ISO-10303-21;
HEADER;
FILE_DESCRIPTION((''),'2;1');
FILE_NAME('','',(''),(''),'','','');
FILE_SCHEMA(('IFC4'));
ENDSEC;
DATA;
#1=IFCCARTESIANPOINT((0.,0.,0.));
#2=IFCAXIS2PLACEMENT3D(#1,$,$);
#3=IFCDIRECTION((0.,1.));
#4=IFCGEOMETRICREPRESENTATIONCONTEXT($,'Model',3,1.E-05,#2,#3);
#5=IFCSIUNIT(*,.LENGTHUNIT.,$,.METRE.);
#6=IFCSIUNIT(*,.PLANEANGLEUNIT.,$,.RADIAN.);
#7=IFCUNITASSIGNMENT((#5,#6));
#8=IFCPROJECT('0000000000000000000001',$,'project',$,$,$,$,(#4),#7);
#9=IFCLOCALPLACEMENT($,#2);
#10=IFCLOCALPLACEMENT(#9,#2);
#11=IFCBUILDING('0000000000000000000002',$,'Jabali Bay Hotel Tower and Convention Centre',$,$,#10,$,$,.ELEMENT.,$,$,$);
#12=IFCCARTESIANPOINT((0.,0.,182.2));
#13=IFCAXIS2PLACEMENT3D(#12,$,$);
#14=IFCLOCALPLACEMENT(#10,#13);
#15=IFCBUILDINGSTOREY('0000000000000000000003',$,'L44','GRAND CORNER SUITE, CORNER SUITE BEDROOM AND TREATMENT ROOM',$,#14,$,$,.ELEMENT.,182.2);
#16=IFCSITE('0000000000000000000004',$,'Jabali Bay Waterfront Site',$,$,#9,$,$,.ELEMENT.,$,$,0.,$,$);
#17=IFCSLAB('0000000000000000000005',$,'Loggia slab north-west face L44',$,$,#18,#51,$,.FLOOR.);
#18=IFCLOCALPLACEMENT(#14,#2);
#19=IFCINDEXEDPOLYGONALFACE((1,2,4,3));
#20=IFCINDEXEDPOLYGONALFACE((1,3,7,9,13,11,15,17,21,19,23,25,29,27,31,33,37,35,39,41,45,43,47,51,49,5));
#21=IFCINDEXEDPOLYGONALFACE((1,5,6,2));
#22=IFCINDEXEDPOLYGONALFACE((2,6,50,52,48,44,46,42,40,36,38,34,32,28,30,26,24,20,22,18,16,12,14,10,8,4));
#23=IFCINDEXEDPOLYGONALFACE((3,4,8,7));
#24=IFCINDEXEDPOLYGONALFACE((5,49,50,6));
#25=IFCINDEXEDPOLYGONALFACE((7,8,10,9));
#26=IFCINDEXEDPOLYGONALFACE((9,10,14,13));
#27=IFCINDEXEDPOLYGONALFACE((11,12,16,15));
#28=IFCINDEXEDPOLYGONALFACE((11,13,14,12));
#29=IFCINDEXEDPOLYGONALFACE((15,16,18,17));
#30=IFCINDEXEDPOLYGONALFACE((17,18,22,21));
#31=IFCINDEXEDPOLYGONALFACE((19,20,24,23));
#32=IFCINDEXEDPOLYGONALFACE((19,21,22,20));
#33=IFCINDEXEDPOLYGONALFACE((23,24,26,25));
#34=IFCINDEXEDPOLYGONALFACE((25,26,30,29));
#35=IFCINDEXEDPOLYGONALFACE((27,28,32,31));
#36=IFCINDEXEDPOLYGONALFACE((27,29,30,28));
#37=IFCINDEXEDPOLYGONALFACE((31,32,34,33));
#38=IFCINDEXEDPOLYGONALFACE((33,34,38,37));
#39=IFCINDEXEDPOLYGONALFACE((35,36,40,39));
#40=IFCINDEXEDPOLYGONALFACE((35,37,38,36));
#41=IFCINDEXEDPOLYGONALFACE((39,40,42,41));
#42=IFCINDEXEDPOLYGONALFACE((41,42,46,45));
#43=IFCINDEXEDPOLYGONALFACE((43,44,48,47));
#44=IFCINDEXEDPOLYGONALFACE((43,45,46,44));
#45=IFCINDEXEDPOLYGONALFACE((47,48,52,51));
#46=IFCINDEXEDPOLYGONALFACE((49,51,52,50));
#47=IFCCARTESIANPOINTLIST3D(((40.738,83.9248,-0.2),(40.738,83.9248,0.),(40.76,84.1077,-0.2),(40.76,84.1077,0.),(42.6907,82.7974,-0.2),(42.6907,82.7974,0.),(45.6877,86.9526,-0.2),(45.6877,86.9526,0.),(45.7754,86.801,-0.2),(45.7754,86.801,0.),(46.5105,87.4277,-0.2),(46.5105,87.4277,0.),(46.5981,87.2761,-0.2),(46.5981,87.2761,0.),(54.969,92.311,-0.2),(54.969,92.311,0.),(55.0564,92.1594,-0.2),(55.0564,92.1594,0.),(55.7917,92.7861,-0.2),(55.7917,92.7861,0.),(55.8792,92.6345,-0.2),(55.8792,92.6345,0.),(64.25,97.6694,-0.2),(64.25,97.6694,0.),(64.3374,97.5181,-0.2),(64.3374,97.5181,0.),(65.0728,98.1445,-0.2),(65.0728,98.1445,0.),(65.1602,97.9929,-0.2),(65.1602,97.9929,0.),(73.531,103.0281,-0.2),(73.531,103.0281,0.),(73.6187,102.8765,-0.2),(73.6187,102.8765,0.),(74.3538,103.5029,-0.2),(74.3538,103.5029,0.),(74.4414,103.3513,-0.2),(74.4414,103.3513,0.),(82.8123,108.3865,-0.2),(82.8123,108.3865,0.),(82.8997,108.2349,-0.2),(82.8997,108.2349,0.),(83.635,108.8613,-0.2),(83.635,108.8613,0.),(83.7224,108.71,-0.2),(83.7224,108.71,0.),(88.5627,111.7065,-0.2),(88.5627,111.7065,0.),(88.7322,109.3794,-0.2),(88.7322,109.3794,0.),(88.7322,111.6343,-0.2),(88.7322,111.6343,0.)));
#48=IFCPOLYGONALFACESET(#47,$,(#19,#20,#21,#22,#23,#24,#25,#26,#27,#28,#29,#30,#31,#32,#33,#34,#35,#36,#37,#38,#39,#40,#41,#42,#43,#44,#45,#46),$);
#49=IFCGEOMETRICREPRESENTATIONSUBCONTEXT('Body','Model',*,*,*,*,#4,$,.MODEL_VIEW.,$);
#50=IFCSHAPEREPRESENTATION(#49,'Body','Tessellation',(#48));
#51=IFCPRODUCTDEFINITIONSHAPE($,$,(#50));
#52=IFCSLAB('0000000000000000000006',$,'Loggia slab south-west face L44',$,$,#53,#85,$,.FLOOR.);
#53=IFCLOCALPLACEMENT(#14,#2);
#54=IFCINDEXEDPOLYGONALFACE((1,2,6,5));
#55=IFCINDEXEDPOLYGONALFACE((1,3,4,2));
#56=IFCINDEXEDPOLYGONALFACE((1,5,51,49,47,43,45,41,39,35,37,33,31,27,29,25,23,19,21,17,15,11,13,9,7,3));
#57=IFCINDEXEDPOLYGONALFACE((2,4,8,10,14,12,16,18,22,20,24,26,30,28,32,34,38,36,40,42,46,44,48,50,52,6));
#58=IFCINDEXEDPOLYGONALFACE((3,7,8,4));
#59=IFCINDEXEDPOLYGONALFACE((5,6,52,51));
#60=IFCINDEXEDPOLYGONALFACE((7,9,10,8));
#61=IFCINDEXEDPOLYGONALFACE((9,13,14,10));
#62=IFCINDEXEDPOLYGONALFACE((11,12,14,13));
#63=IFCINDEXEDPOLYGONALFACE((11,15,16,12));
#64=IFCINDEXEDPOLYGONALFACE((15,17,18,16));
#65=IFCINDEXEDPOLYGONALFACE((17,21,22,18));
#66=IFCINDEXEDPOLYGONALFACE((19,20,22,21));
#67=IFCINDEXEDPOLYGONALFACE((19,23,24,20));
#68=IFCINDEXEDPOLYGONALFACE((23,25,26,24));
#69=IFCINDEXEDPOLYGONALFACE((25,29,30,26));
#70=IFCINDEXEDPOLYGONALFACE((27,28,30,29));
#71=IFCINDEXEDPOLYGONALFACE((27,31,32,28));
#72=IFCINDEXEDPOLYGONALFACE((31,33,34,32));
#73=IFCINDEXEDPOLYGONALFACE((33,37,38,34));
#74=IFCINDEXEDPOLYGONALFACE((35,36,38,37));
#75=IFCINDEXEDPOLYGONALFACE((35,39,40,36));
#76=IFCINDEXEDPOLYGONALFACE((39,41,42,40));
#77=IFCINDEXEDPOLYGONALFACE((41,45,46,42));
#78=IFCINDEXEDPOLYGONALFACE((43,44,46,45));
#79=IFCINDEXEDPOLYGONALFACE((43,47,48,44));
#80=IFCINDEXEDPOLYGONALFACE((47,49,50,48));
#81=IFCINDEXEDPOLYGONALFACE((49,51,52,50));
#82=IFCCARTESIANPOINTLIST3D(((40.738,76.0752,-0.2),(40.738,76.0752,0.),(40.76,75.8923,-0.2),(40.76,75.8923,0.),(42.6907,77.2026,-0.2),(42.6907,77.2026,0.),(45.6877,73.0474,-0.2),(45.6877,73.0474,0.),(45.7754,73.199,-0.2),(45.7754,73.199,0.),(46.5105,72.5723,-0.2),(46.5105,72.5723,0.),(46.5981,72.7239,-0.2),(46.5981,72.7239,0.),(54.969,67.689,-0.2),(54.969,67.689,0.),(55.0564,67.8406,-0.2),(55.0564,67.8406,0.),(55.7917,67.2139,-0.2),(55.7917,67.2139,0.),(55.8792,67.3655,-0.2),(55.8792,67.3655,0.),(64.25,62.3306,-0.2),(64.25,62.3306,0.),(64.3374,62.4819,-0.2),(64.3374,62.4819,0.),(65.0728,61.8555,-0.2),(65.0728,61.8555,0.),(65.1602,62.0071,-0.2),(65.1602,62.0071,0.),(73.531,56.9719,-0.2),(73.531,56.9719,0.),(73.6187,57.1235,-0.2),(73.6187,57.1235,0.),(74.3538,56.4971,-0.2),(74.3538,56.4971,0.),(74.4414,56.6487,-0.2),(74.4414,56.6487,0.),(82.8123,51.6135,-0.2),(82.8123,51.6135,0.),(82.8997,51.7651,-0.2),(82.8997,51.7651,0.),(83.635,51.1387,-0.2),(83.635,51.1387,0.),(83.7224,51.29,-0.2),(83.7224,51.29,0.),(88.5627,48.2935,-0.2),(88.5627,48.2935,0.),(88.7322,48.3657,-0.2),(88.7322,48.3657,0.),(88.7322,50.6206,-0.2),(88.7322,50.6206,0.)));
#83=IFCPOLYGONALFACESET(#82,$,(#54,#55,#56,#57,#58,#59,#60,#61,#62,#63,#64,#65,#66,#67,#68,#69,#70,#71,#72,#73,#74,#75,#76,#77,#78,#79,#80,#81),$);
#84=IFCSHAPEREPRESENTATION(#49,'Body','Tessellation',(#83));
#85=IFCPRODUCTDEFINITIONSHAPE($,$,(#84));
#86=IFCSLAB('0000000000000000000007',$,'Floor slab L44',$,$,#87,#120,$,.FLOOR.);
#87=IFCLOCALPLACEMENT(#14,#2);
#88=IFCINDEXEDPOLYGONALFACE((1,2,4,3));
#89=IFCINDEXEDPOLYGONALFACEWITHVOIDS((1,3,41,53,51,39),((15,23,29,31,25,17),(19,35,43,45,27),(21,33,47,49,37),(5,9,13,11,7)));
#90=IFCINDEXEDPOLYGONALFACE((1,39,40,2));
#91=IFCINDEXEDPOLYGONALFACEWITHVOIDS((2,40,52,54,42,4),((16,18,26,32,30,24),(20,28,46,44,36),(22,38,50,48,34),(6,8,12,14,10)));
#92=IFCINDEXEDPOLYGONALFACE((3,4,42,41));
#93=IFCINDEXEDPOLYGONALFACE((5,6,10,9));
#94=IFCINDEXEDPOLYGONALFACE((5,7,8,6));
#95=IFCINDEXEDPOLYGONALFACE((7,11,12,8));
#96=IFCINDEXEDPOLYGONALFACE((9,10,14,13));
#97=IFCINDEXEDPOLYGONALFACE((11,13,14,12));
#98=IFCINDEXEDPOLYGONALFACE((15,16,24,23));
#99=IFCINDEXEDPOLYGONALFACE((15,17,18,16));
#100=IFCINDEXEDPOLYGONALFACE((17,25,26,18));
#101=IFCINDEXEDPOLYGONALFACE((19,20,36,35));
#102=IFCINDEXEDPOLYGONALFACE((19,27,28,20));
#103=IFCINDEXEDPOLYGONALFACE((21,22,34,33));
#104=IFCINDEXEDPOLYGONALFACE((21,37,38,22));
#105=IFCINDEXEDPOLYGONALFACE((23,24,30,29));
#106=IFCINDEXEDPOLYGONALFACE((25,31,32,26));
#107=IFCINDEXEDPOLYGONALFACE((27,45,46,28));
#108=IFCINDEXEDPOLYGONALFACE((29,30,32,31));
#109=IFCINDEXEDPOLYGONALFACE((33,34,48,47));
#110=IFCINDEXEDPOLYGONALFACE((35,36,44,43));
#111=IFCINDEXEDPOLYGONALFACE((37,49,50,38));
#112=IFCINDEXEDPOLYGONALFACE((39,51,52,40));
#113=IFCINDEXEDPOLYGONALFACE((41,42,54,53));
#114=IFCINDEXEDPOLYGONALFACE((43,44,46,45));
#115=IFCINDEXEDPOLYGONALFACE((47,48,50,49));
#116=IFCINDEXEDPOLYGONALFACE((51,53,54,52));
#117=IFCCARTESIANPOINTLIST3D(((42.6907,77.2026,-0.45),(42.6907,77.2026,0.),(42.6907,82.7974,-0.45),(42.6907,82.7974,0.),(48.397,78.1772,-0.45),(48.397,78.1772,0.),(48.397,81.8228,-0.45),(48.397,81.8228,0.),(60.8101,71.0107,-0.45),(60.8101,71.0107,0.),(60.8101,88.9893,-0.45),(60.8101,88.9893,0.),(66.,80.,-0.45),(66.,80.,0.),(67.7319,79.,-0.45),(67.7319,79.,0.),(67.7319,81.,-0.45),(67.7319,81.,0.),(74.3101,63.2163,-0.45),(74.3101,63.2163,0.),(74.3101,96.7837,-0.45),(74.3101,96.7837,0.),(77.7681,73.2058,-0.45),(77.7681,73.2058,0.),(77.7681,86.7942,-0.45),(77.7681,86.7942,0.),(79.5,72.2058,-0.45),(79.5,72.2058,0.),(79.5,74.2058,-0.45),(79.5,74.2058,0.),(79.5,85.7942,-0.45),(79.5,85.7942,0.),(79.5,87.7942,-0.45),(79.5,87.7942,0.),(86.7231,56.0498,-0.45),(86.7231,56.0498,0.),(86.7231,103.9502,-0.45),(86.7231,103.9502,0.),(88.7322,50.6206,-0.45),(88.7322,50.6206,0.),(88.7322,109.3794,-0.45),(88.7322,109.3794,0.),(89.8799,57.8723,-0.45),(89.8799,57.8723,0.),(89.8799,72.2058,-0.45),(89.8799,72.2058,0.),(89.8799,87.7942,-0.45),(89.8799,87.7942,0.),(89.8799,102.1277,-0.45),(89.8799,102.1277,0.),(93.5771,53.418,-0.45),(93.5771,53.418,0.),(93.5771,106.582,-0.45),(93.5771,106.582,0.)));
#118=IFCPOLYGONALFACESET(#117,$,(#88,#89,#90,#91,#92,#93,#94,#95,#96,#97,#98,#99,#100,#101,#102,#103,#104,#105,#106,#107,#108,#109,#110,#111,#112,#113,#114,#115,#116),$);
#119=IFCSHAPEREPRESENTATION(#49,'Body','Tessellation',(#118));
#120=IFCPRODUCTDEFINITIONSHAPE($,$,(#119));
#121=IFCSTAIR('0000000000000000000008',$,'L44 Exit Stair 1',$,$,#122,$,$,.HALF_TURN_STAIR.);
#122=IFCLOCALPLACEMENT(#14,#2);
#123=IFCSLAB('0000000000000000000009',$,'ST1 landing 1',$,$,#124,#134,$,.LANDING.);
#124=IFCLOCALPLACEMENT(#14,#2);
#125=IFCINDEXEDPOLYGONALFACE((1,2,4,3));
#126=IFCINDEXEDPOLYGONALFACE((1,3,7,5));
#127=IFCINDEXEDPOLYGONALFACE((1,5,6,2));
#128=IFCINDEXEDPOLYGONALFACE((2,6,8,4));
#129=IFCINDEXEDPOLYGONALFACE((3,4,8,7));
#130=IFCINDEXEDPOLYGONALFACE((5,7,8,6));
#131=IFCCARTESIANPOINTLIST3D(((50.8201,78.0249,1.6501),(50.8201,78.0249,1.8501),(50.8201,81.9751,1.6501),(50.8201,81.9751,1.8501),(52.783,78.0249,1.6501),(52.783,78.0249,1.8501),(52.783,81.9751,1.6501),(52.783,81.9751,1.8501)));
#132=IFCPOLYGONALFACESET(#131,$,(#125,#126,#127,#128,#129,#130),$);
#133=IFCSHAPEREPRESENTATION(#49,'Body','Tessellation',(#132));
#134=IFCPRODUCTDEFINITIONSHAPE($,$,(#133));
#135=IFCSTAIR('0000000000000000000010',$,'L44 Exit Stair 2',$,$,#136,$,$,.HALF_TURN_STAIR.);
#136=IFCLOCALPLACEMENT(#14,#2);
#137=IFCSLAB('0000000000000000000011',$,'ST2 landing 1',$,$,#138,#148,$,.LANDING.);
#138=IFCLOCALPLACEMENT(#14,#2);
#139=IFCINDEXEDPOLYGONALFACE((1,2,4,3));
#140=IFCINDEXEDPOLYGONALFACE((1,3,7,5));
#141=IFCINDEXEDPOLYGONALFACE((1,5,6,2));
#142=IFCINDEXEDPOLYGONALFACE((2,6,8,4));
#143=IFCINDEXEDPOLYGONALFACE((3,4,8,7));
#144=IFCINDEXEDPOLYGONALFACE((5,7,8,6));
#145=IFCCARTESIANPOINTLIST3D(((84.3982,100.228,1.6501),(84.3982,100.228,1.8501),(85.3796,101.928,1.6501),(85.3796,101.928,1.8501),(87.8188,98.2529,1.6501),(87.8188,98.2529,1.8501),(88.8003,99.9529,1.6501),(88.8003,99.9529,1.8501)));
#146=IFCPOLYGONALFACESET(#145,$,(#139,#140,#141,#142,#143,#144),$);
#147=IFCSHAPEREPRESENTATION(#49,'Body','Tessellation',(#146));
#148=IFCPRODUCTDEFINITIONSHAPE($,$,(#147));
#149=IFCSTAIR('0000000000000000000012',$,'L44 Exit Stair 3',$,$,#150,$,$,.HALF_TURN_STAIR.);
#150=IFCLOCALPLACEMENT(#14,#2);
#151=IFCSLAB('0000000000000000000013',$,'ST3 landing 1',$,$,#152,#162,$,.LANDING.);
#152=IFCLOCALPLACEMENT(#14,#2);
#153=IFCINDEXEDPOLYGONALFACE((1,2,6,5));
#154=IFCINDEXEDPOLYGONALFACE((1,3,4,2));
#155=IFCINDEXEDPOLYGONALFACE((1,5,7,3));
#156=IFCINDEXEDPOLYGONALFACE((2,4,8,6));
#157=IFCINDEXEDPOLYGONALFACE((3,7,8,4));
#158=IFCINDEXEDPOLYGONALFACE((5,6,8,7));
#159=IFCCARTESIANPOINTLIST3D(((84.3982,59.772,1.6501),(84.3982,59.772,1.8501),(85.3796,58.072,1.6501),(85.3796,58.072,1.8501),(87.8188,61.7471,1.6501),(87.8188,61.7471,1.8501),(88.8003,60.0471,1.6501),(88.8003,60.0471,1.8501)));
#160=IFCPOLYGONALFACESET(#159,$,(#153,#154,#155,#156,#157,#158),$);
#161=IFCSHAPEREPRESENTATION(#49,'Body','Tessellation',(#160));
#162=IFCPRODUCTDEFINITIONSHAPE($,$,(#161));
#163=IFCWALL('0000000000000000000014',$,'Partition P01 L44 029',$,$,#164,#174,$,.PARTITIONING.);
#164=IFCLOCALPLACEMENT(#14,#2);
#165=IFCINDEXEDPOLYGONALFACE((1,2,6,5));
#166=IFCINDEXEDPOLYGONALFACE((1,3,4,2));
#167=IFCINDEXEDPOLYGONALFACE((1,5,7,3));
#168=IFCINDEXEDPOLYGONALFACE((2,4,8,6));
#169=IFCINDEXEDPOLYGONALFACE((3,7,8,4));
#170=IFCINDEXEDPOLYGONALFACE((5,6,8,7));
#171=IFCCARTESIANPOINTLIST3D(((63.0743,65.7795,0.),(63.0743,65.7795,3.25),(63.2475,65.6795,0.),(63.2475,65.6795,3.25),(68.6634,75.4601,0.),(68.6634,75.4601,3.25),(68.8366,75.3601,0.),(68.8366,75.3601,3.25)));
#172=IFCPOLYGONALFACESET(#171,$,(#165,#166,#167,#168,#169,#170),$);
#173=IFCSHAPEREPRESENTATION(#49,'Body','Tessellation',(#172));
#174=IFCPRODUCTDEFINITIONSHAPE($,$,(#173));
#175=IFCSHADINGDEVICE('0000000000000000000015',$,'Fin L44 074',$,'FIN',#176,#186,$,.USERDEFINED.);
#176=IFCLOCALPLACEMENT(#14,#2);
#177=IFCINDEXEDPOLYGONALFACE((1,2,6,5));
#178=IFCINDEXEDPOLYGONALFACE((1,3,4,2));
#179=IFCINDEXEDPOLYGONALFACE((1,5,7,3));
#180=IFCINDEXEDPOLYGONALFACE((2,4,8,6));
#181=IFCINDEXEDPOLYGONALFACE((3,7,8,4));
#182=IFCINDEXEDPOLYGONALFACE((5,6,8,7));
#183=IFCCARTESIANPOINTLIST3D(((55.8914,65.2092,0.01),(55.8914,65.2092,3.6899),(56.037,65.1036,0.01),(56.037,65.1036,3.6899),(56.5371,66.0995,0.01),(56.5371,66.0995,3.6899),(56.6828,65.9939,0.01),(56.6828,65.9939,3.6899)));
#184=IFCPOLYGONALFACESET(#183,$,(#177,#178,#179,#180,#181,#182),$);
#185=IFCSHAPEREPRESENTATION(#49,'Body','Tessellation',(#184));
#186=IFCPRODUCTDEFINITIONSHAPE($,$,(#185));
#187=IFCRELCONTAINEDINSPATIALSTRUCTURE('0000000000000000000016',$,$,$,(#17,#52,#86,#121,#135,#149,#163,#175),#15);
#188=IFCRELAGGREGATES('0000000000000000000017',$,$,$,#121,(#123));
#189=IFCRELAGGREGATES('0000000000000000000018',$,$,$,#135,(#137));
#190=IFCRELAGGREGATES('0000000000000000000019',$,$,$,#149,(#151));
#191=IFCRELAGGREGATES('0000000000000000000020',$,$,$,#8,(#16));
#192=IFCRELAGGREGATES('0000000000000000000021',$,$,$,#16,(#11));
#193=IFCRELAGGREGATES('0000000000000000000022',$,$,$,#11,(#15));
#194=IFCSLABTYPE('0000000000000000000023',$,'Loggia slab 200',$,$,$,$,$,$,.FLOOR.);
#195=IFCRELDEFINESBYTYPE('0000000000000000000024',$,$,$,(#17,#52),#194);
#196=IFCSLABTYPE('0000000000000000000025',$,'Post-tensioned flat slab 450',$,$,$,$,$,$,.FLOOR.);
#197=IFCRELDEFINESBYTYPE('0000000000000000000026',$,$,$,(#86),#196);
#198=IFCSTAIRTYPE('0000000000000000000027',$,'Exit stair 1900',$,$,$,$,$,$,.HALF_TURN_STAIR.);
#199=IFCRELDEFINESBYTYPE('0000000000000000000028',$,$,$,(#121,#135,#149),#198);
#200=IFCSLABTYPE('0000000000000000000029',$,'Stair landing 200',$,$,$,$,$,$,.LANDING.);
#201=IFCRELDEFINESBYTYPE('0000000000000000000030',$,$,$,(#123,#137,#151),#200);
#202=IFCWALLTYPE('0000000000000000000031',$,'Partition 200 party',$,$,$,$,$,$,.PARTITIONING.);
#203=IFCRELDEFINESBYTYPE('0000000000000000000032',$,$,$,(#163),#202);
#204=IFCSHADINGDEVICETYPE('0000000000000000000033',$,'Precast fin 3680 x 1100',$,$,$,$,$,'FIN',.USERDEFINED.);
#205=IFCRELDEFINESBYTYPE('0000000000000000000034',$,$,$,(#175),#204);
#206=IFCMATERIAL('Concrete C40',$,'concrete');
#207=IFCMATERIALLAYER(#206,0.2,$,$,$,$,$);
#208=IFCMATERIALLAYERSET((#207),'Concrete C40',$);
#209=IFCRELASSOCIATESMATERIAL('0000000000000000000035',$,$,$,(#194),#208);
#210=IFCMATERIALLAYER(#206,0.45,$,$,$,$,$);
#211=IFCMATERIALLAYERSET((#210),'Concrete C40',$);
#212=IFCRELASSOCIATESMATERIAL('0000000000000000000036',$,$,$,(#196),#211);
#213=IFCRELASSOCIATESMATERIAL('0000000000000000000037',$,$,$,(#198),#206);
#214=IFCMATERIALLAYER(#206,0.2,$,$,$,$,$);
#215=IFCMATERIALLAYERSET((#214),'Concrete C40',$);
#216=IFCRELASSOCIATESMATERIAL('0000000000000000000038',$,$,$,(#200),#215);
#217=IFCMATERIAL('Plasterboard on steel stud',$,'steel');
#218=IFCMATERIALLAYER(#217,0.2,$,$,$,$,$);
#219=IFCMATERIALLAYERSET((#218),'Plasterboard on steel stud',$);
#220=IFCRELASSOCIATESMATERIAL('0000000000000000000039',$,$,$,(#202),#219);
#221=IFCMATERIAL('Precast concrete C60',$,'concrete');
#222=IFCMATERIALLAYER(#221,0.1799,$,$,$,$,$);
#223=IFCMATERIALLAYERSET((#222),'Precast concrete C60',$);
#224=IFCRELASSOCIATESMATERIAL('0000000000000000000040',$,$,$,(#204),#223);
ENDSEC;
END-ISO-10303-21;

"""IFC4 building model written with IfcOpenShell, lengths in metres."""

from ifc_helpers import new_model, si_unit, direction, frame, frame_2d, origin, place, context, subcontext, project, spatial, polyline, rectangle, outline, extrude, material, layer, layer_set, type_object, element, aggregate, save


model = new_model("IFC4")

# Units and contexts
model_context = context("Model", 3, precision=1e-05, world=origin(), true_north=direction((0.0, 1.0)))
body_context = subcontext(model_context, "Body", "Model", "MODEL_VIEW")
ifc_project = project(units=[si_unit("LENGTHUNIT", "METRE"), si_unit("PLANEANGLEUNIT", "RADIAN")], contexts=[model_context])

# Site, building, storey
site_placement = place(None, origin())
site = spatial("IfcSite", under=ifc_project, at=site_placement, Name="Jabali Bay Waterfront Site", CompositionType="ELEMENT", RefElevation=0.0)
building_placement = place(site_placement, origin())
building = spatial("IfcBuilding", under=site, at=building_placement, Name="Jabali Bay Hotel Tower and Convention Centre", CompositionType="ELEMENT")
storey_placement = place(building_placement, frame((0.0, 0.0, 182.2)))
storey = spatial("IfcBuildingStorey", under=building, at=storey_placement, Name="L44", Description="GRAND CORNER SUITE, CORNER SUITE BEDROOM AND TREATMENT ROOM", CompositionType="ELEMENT", Elevation=182.2)

# Slabs
ifc_material_1 = material(Name="Concrete C40", Category="concrete")
ifc_layer_1 = layer(ifc_material_1, 0.2)
ifc_layer_set_1 = layer_set([ifc_layer_1], Name="Concrete C40")
slab_type_1 = type_object("IfcSlabType", Name="Loggia slab 200", PredefinedType="FLOOR", material=ifc_layer_set_1)
slab_1_placement = place(storey_placement, frame((0.0, 0.0, -0.2)))
element("IfcSlab", 1, at=slab_1_placement, inside=storey, type_object=slab_type_1, Name="Loggia slab north-west face L44", PredefinedType="FLOOR", context=body_context, shape_type="SweptSolid", body=[
    extrude(outline(polyline([(42.6907, 82.7974), (40.738, 83.9248), (40.76, 84.1077), (45.6877, 86.9526), (45.7754, 86.801), (46.5981, 87.2761), (46.5105, 87.4277), (54.969, 92.311), (55.0564, 92.1594), (55.8792, 92.6345), (55.7917, 92.7861), (64.25, 97.6694), (64.3374, 97.5181), (65.1602, 97.9929), (65.0728, 98.1445), (73.531, 103.0281), (73.6187, 102.8765), (74.4414, 103.3513), (74.3538, 103.5029), (82.8123, 108.3865), (82.8997, 108.2349), (83.7224, 108.71), (83.635, 108.8613), (88.5627, 111.7065), (88.7322, 111.6343), (88.7322, 109.3794), (42.6907, 82.7974)])), origin(), (0.0, 0.0, 1.0), 0.2),
])
slab_2_placement = place(storey_placement, frame((0.0, 0.0, -0.2)))
element("IfcSlab", 2, at=slab_2_placement, inside=storey, type_object=slab_type_1, Name="Loggia slab south-west face L44", PredefinedType="FLOOR", context=body_context, shape_type="SweptSolid", body=[
    extrude(outline(polyline([(88.7322, 50.6206), (88.7322, 48.3657), (88.5627, 48.2935), (83.635, 51.1387), (83.7224, 51.29), (82.8997, 51.7651), (82.8123, 51.6135), (74.3538, 56.4971), (74.4414, 56.6487), (73.6187, 57.1235), (73.531, 56.9719), (65.0728, 61.8555), (65.1602, 62.0071), (64.3374, 62.4819), (64.25, 62.3306), (55.7917, 67.2139), (55.8792, 67.3655), (55.0564, 67.8406), (54.969, 67.689), (46.5105, 72.5723), (46.5981, 72.7239), (45.7754, 73.199), (45.6877, 73.0474), (40.76, 75.8923), (40.738, 76.0752), (42.6907, 77.2026), (88.7322, 50.6206)])), origin(), (0.0, 0.0, 1.0), 0.2),
])
ifc_layer_2 = layer(ifc_material_1, 0.45)
ifc_layer_set_2 = layer_set([ifc_layer_2], Name="Concrete C40")
slab_type_2 = type_object("IfcSlabType", Name="Post-tensioned flat slab 450", PredefinedType="FLOOR", material=ifc_layer_set_2)
slab_3_placement = place(storey_placement, frame((0.0, 0.0, -0.45)))
element("IfcSlab", 3, at=slab_3_placement, inside=storey, type_object=slab_type_2, Name="Floor slab L44", PredefinedType="FLOOR", context=body_context, shape_type="SweptSolid", body=[
    extrude(outline(polyline([(88.7322, 109.3794), (93.5771, 106.582), (93.5771, 53.418), (88.7322, 50.6206), (42.6907, 77.2026), (42.6907, 82.7974), (88.7322, 109.3794)]), holes=[polyline([(67.7319, 79.0), (77.7681, 73.2058), (79.5, 74.2058), (79.5, 85.7942), (77.7681, 86.7942), (67.7319, 81.0), (67.7319, 79.0)]), polyline([(48.397, 78.1772), (60.8101, 71.0107), (66.0, 80.0), (60.8101, 88.9893), (48.397, 81.8228), (48.397, 78.1772)]), polyline([(89.8799, 102.1277), (86.7231, 103.9502), (74.3101, 96.7837), (79.5, 87.7942), (89.8799, 87.7942), (89.8799, 102.1277)]), polyline([(74.3101, 63.2163), (86.7231, 56.0498), (89.8799, 57.8723), (89.8799, 72.2058), (79.5, 72.2058), (74.3101, 63.2163)])]), origin(), (0.0, 0.0, 1.0), 0.45),
])

# Stairs, slabs
stair_type = type_object("IfcStairType", Name="Exit stair 1900", PredefinedType="HALF_TURN_STAIR", material=ifc_material_1)
stair_1_placement = place(storey_placement, origin())
stair_1 = element("IfcStair", 4, at=stair_1_placement, inside=storey, type_object=stair_type, Name="L44 Exit Stair 1", PredefinedType="HALF_TURN_STAIR")
ifc_layer_3 = layer(ifc_material_1, 0.2)
ifc_layer_set_3 = layer_set([ifc_layer_3], Name="Concrete C40")
slab_type_3 = type_object("IfcSlabType", Name="Stair landing 200", PredefinedType="LANDING", material=ifc_layer_set_3)
slab_4_placement = place(storey_placement, frame((0.0, 0.0, 1.6501)))
slab_4 = element("IfcSlab", 5, at=slab_4_placement, type_object=slab_type_3, Name="ST1 landing 1", PredefinedType="LANDING", context=body_context, shape_type="SweptSolid", body=[
    extrude(outline(polyline([(52.783, 81.9751), (50.8201, 81.9751), (50.8201, 78.0249), (52.783, 78.0249), (52.783, 81.9751)])), origin(), (0.0, 0.0, 1.0), 0.2),
])
aggregate(stair_1, [slab_4])
stair_2_placement = place(storey_placement, origin())
stair_2 = element("IfcStair", 6, at=stair_2_placement, inside=storey, type_object=stair_type, Name="L44 Exit Stair 2", PredefinedType="HALF_TURN_STAIR")
slab_5_placement = place(storey_placement, frame((0.0, 0.0, 1.6501)))
slab_5 = element("IfcSlab", 7, at=slab_5_placement, type_object=slab_type_3, Name="ST2 landing 1", PredefinedType="LANDING", context=body_context, shape_type="SweptSolid", body=[
    extrude(outline(polyline([(87.8188, 98.2529), (88.8003, 99.9529), (85.3796, 101.928), (84.3982, 100.228), (87.8188, 98.2529)])), origin(), (0.0, 0.0, 1.0), 0.2),
])
aggregate(stair_2, [slab_5])
stair_3_placement = place(storey_placement, origin())
stair_3 = element("IfcStair", 8, at=stair_3_placement, inside=storey, type_object=stair_type, Name="L44 Exit Stair 3", PredefinedType="HALF_TURN_STAIR")
slab_6_placement = place(storey_placement, frame((0.0, 0.0, 1.6501)))
slab_6 = element("IfcSlab", 9, at=slab_6_placement, type_object=slab_type_3, Name="ST3 landing 1", PredefinedType="LANDING", context=body_context, shape_type="SweptSolid", body=[
    extrude(outline(polyline([(84.3982, 59.772), (85.3796, 58.072), (88.8003, 60.0471), (87.8188, 61.7471), (84.3982, 59.772)])), origin(), (0.0, 0.0, 1.0), 0.2),
])
aggregate(stair_3, [slab_6])

# Wall
ifc_material_2 = material(Name="Plasterboard on steel stud", Category="steel")
ifc_layer_4 = layer(ifc_material_2, 0.2)
ifc_layer_set_4 = layer_set([ifc_layer_4], Name="Plasterboard on steel stud")
wall_type = type_object("IfcWallType", Name="Partition 200 party", PredefinedType="PARTITIONING", material=ifc_layer_set_4)
wall_placement = place(storey_placement, frame((63.1609, 65.7295, 0.0), z_axis=(0.0, 0.0, 1.0), x_axis=(0.499998, 0.866026, 0.0)))
element("IfcWall", 10, at=wall_placement, inside=storey, type_object=wall_type, Name="Partition P01 L44 029", PredefinedType="PARTITIONING", context=body_context, shape_type="SweptSolid", body=[
    extrude(rectangle(XDim=11.1782, YDim=0.2, at=frame_2d((5.5891, 0.0))), origin(), (0.0, 0.0, 1.0), 3.25),
])

# Shading device
ifc_material_3 = material(Name="Precast concrete C60", Category="concrete")
ifc_layer_5 = layer(ifc_material_3, 0.1799)
ifc_layer_set_5 = layer_set([ifc_layer_5], Name="Precast concrete C60")
shading_device_type = type_object("IfcShadingDeviceType", Name="Precast fin 3680 x 1100", ElementType="FIN", PredefinedType="USERDEFINED", material=ifc_layer_set_5)
shading_device_1_placement = place(storey_placement, frame((56.6099, 66.0466, 0.01), z_axis=(0.0, 0.0, 1.0), x_axis=(-0.587102, -0.809513, 0.0)))
element("IfcShadingDevice", 11, at=shading_device_1_placement, inside=storey, type_object=shading_device_type, Name="Fin L44 074", ObjectType="FIN", PredefinedType="USERDEFINED", context=body_context, shape_type="SweptSolid", body=[
    extrude(rectangle(XDim=1.0999, YDim=0.1799, at=frame_2d((0.5498, 0.0))), origin(), (0.0, 0.0, 1.0), 3.6799),
])

save(model, "model.ifc")
